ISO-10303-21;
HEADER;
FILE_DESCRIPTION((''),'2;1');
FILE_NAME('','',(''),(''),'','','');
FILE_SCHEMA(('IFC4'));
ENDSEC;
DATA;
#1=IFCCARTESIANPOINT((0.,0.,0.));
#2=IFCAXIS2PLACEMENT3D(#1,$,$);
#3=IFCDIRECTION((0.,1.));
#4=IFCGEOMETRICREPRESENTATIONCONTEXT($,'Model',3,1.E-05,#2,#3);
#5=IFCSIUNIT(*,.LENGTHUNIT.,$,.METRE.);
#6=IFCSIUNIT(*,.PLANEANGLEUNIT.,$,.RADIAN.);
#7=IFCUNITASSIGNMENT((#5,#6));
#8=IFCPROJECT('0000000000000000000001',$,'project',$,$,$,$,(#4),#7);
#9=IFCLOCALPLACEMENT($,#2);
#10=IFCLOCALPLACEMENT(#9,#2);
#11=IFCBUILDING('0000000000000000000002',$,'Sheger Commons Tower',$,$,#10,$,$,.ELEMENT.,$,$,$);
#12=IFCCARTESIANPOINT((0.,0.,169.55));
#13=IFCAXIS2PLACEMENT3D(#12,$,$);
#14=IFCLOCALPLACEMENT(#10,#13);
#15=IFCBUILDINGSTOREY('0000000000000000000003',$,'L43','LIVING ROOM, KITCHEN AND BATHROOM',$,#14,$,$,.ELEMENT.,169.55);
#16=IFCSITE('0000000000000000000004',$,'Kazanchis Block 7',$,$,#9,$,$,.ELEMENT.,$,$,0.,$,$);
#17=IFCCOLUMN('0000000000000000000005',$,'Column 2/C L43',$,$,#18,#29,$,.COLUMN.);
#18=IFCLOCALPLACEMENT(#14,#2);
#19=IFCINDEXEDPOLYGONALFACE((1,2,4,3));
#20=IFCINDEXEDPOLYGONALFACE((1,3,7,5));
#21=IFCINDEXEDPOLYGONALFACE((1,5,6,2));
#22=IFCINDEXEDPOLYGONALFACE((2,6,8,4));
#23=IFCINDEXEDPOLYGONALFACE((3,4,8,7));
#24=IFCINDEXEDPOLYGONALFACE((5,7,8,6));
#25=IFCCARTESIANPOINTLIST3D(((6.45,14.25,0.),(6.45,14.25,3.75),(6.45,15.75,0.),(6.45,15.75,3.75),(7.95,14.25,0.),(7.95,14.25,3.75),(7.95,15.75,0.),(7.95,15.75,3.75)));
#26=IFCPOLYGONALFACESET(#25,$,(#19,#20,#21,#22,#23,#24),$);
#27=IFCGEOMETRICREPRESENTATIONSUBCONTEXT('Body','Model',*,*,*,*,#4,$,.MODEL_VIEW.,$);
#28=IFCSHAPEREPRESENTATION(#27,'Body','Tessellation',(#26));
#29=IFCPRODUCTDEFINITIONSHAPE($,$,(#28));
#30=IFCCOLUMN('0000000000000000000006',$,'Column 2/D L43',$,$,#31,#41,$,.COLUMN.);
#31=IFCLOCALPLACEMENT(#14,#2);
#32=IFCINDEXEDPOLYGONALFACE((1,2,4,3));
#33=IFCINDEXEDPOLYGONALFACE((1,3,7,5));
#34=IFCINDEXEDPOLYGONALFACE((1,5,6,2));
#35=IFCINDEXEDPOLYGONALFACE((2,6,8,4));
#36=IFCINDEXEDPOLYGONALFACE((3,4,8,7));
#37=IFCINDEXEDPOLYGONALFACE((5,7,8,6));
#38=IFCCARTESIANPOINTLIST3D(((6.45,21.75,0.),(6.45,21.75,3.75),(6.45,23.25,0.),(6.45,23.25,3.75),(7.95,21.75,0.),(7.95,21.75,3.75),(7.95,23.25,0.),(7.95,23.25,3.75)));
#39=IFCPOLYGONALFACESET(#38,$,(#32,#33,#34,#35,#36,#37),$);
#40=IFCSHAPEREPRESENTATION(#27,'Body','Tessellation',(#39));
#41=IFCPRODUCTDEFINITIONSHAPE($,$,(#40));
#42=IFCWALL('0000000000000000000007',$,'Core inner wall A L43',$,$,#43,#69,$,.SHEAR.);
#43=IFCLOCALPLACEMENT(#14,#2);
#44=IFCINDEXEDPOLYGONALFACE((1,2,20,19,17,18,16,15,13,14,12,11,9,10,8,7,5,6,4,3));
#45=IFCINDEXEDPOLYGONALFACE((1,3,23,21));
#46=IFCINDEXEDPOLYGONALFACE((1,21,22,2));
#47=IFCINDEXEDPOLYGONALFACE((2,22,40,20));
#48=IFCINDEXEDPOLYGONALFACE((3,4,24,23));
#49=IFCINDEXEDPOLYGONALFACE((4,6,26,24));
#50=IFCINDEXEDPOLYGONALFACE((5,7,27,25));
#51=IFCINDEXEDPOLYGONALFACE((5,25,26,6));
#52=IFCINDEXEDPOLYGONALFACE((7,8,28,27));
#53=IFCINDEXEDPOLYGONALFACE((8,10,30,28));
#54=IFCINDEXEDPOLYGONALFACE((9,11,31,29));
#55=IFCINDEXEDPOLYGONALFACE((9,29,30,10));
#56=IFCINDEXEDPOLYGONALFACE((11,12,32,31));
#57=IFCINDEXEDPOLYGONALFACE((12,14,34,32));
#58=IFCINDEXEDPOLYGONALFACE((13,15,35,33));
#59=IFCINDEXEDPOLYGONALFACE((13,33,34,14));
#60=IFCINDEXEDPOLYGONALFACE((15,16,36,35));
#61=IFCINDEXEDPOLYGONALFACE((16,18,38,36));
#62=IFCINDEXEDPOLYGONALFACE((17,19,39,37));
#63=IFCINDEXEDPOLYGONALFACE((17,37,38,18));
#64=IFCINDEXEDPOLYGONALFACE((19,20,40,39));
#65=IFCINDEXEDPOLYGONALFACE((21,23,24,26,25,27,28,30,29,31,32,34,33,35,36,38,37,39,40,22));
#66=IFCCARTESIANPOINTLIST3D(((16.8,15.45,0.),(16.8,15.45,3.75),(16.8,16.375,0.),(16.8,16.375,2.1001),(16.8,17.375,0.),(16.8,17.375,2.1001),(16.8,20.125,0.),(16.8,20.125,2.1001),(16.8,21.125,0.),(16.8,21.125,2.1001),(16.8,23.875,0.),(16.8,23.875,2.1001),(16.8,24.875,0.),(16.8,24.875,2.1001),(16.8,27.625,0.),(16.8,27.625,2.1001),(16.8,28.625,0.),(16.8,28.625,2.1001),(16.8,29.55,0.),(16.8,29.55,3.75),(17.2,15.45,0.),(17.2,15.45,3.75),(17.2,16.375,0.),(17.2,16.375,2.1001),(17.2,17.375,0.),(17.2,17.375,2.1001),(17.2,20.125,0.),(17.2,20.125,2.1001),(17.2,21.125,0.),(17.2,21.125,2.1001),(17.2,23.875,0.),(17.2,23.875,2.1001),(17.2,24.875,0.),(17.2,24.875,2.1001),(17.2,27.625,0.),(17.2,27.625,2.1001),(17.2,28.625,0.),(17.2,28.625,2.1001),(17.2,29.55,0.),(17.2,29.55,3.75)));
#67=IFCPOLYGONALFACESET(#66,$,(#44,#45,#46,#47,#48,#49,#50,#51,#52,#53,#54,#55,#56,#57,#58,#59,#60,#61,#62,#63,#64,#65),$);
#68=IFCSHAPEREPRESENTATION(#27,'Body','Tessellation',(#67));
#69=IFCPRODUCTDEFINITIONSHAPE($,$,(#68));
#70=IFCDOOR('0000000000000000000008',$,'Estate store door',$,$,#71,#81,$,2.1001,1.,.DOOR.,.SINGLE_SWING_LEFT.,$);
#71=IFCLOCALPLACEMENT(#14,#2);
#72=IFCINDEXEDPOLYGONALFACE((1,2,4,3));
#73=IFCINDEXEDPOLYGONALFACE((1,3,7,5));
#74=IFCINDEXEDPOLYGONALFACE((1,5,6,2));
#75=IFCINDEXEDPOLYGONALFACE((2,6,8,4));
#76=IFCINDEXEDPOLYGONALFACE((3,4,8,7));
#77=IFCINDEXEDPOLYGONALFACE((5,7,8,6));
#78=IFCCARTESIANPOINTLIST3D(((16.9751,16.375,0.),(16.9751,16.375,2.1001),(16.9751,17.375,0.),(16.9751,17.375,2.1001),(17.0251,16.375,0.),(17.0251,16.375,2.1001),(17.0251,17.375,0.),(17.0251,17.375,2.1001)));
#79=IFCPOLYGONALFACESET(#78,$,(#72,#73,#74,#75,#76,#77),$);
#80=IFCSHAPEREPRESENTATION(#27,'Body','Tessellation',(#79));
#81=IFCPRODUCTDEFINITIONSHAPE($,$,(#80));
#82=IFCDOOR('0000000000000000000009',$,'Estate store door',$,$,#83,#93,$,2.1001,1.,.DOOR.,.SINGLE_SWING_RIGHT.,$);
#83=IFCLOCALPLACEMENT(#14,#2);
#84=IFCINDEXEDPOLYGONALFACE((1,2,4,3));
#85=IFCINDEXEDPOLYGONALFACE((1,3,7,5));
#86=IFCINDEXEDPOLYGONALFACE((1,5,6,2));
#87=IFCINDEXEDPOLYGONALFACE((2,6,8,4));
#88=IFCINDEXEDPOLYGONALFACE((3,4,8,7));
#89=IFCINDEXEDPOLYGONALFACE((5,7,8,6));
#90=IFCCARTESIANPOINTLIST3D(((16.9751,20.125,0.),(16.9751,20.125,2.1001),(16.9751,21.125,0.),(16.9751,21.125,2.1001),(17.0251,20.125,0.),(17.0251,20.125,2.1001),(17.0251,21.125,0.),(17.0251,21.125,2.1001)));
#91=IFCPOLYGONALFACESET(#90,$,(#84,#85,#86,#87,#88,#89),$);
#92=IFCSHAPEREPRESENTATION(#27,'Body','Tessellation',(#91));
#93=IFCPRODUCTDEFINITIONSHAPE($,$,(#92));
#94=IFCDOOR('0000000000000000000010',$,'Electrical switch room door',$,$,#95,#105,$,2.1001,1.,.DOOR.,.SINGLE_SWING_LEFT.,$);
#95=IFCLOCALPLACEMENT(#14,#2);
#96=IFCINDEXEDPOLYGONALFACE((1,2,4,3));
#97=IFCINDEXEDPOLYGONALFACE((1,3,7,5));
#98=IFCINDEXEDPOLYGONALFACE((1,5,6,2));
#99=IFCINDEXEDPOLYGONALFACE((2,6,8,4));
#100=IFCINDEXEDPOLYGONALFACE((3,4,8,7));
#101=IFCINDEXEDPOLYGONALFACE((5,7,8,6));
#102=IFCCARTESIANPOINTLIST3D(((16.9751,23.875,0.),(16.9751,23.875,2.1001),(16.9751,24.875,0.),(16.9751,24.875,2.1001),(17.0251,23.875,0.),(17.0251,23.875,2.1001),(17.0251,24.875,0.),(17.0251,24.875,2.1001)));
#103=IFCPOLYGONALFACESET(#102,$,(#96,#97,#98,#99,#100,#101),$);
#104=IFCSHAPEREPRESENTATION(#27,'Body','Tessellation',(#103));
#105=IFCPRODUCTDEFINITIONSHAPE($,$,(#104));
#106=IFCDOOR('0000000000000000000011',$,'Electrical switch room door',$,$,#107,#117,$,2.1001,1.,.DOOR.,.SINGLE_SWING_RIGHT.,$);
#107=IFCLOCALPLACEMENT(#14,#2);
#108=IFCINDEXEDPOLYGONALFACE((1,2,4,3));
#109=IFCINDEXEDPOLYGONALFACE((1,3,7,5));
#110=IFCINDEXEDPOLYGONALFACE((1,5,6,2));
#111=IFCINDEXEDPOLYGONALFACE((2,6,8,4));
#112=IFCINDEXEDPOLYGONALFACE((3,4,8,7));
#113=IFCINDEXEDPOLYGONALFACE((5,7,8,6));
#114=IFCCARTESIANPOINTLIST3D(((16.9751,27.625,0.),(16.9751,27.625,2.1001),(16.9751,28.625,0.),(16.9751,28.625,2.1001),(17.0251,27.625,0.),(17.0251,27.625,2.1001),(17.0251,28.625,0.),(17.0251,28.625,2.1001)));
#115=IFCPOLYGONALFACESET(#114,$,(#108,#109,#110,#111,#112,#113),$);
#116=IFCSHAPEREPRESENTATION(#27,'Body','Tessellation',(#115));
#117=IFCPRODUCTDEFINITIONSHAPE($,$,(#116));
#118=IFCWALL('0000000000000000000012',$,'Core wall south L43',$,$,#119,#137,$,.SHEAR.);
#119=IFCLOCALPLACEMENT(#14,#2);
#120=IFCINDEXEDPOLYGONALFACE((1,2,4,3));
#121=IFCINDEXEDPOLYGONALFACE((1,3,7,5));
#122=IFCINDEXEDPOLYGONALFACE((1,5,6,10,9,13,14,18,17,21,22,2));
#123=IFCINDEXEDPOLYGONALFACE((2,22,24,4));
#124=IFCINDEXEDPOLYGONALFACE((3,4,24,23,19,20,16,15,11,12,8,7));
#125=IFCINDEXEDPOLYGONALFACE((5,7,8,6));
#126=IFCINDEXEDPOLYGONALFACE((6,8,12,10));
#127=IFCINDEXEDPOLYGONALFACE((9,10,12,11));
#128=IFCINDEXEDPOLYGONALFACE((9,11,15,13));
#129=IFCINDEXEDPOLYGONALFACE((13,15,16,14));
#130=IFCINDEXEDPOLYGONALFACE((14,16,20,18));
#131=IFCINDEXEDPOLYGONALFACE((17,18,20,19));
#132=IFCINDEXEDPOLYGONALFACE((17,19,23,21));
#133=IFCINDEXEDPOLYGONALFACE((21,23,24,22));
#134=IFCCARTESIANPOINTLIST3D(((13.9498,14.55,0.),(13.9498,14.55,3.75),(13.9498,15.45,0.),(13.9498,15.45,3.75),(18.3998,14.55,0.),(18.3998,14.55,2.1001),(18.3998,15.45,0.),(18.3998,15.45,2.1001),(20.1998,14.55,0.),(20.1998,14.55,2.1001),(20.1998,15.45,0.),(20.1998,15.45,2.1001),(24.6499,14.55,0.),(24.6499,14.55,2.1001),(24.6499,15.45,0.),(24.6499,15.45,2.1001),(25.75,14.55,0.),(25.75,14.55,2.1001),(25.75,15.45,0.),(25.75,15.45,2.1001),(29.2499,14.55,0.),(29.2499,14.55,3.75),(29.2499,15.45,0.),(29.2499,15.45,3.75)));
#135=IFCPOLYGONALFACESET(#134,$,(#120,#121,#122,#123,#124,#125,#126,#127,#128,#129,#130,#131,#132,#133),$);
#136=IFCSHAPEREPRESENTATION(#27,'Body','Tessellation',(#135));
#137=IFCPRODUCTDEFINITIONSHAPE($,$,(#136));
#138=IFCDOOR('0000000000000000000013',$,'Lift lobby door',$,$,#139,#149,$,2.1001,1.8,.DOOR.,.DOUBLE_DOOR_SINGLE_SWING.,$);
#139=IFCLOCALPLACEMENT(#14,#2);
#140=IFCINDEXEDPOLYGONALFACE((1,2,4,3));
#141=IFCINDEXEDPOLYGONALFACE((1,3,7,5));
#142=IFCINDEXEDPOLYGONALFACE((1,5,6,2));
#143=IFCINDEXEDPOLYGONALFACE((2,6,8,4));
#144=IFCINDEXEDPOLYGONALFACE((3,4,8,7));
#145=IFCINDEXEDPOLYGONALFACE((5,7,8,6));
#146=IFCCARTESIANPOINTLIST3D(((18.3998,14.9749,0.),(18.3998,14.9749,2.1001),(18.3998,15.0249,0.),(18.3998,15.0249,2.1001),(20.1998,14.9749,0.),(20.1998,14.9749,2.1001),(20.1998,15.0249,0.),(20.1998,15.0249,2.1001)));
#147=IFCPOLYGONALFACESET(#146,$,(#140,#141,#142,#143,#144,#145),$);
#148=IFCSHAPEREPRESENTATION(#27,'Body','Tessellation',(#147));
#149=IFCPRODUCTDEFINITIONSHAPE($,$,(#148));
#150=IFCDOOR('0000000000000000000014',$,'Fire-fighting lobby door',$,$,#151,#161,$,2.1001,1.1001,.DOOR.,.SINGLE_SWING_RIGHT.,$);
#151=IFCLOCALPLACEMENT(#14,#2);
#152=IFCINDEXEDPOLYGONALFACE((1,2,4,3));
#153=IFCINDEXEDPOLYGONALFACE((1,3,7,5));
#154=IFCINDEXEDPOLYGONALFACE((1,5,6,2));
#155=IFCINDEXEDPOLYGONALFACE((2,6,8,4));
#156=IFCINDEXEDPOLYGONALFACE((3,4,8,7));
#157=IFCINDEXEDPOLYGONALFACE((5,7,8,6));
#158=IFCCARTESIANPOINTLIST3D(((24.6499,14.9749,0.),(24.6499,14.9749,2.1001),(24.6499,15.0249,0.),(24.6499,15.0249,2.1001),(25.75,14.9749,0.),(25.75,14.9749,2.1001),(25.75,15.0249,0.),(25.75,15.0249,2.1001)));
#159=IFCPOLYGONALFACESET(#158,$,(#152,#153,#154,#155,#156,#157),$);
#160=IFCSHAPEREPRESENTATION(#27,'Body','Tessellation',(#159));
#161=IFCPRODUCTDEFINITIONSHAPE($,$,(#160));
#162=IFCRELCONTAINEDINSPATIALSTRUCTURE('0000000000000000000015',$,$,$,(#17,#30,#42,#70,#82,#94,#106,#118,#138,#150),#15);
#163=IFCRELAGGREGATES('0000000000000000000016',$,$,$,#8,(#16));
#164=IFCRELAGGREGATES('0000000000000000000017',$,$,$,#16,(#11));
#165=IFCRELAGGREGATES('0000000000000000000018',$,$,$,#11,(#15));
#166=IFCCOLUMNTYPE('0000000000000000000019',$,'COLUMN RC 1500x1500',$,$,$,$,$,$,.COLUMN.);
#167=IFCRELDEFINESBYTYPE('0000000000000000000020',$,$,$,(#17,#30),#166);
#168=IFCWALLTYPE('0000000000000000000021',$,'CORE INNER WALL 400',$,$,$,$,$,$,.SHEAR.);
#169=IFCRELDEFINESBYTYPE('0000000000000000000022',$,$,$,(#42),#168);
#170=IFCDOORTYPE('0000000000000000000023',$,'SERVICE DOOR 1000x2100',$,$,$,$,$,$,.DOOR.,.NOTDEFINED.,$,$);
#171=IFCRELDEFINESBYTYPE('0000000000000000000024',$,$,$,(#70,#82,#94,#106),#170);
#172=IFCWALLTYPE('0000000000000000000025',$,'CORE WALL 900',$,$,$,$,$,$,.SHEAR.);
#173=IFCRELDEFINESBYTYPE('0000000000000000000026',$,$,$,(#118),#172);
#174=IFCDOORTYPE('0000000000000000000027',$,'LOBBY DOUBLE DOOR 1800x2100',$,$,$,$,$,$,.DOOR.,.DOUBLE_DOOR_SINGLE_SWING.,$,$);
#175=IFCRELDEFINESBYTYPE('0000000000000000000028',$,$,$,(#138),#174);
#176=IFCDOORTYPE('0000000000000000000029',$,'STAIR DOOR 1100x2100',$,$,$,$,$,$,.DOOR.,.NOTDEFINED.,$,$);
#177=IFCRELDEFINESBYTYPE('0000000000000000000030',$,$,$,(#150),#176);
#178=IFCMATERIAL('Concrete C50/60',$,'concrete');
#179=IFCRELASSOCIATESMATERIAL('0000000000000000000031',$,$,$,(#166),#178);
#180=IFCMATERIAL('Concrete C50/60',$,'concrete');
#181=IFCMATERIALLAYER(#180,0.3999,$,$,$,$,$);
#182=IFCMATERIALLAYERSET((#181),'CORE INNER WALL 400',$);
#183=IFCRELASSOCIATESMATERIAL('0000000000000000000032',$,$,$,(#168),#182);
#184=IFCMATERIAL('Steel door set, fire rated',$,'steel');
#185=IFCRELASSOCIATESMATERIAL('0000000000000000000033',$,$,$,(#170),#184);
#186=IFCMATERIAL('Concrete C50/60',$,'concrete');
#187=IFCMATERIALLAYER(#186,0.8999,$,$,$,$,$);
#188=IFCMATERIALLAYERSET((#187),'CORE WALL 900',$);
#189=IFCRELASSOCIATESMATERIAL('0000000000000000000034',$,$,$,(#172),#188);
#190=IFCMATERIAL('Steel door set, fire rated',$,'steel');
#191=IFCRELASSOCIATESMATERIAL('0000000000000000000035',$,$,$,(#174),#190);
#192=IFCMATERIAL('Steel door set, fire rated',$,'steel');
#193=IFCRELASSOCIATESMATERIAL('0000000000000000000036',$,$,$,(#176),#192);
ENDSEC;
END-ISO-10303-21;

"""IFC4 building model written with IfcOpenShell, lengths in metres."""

from ifc_helpers import new_model, si_unit, direction, frame, frame_2d, origin, origin_2d, place, context, subcontext, project, spatial, rectangle, extrude, material, layer, layer_set, material_profile, profile_set, type_object, element, fill, save


model = new_model("IFC4")

# Units and contexts
model_context = context("Model", 3, precision=1e-05, world=origin(), true_north=direction((0.0, 1.0)))
body_context = subcontext(model_context, "Body", "Model", "MODEL_VIEW")
ifc_project = project(units=[si_unit("LENGTHUNIT", "METRE"), si_unit("PLANEANGLEUNIT", "RADIAN")], contexts=[model_context])

# Site, building, storey
site_placement = place(None, origin())
site = spatial("IfcSite", under=ifc_project, at=site_placement, Name="Kazanchis Block 7", CompositionType="ELEMENT", RefElevation=0.0)
building_placement = place(site_placement, origin())
building = spatial("IfcBuilding", under=site, at=building_placement, Name="Sheger Commons Tower", CompositionType="ELEMENT")
storey_placement = place(building_placement, frame((0.0, 0.0, 169.55)))
storey = spatial("IfcBuildingStorey", under=building, at=storey_placement, Name="L43", Description="LIVING ROOM, KITCHEN AND BATHROOM", CompositionType="ELEMENT", Elevation=169.55)

# Columns
ifc_material_1 = material(Name="Concrete C50/60", Category="concrete")
ifc_material_profile = material_profile(ifc_material_1, rectangle(XDim=1.5, YDim=1.5, at=origin_2d()), Name="RC 1500x1500")
ifc_profile_set = profile_set([ifc_material_profile], Name="Concrete C50/60")
column_type = type_object("IfcColumnType", Name="COLUMN RC 1500x1500", PredefinedType="COLUMN", material=ifc_profile_set)
for number, where, z_axis, x_axis, name in (
    (1, (7.2, 15.0, 0.0), (0.0, 0.0, 1.0), (1.0, 0.0, 0.0), "Column 2/C L43"),
    (2, (7.2, 22.5, 0.0), (0.0, 0.0, 1.0), (1.0, 0.0, 0.0), "Column 2/D L43"),
):
    element("IfcColumn", number, at=place(storey_placement, frame(where, z_axis=z_axis, x_axis=x_axis)), inside=storey, type_object=column_type, Name=name, PredefinedType="COLUMN", context=body_context, shape_type="SweptSolid", body=[
        extrude(rectangle(XDim=1.5, YDim=1.5, at=origin_2d()), origin(), (0.0, 0.0, 1.0), 3.75),
    ])

# Walls, openings, doors
ifc_material_2 = material(Name="Concrete C50/60", Category="concrete")
ifc_layer_1 = layer(ifc_material_2, 0.3999)
ifc_layer_set_1 = layer_set([ifc_layer_1], Name="CORE INNER WALL 400")
wall_type_1 = type_object("IfcWallType", Name="CORE INNER WALL 400", PredefinedType="SHEAR", material=ifc_layer_set_1)
wall_1_placement = place(storey_placement, frame((17.0, 15.45, 0.0), z_axis=(0.0, 0.0, 1.0), x_axis=(0.0, 1.0, 0.0)))
wall_1 = element("IfcWall", 3, at=wall_1_placement, inside=storey, type_object=wall_type_1, Name="Core inner wall A L43", PredefinedType="SHEAR", context=body_context, shape_type="SweptSolid", body=[
    extrude(rectangle(XDim=14.1001, YDim=0.3999, at=frame_2d((7.05, 0.0))), origin(), (0.0, 0.0, 1.0), 3.75),
])
opening_1_placement = place(wall_1_placement, frame((0.925, 0.0, 0.0)))
opening_1 = element("IfcOpeningElement", 4, at=opening_1_placement, cuts=wall_1, PredefinedType="OPENING", context=body_context, shape_type="SweptSolid", body=[
    extrude(rectangle(XDim=1.0, YDim=2.1001, at=frame_2d((0.5, 1.05))), frame((0.0, 0.21, 0.0), z_axis=(0.0, -1.0, 0.0), x_axis=(1.0, 0.0, 0.0)), (0.0, 0.0, 1.0), 0.4199),
])
opening_2_placement = place(wall_1_placement, frame((4.675, 0.0, 0.0)))
opening_2 = element("IfcOpeningElement", 5, at=opening_2_placement, cuts=wall_1, PredefinedType="OPENING", context=body_context, shape_type="SweptSolid", body=[
    extrude(rectangle(XDim=1.0, YDim=2.1001, at=frame_2d((0.5, 1.05))), frame((0.0, 0.21, 0.0), z_axis=(0.0, -1.0, 0.0), x_axis=(1.0, 0.0, 0.0)), (0.0, 0.0, 1.0), 0.4199),
])
opening_3_placement = place(wall_1_placement, frame((8.425, 0.0, 0.0)))
opening_3 = element("IfcOpeningElement", 6, at=opening_3_placement, cuts=wall_1, PredefinedType="OPENING", context=body_context, shape_type="SweptSolid", body=[
    extrude(rectangle(XDim=1.0, YDim=2.1001, at=frame_2d((0.5, 1.05))), frame((0.0, 0.21, 0.0), z_axis=(0.0, -1.0, 0.0), x_axis=(1.0, 0.0, 0.0)), (0.0, 0.0, 1.0), 0.4199),
])
opening_4_placement = place(wall_1_placement, frame((12.175, 0.0, 0.0)))
opening_4 = element("IfcOpeningElement", 7, at=opening_4_placement, cuts=wall_1, PredefinedType="OPENING", context=body_context, shape_type="SweptSolid", body=[
    extrude(rectangle(XDim=1.0, YDim=2.1001, at=frame_2d((0.5, 1.05))), frame((0.0, 0.21, 0.0), z_axis=(0.0, -1.0, 0.0), x_axis=(1.0, 0.0, 0.0)), (0.0, 0.0, 1.0), 0.4199),
])
ifc_material_3 = material(Name="Steel door set, fire rated", Category="steel")
door_type_1 = type_object("IfcDoorType", Name="SERVICE DOOR 1000x2100", OperationType="NOTDEFINED", PredefinedType="DOOR", material=ifc_material_3)
door_1_placement = place(opening_1_placement, origin())
door_1 = element("IfcDoor", 8, at=door_1_placement, inside=storey, type_object=door_type_1, Name="Estate store door", OperationType="SINGLE_SWING_LEFT", OverallHeight=2.1001, OverallWidth=1.0, PredefinedType="DOOR", context=body_context, shape_type="SweptSolid", body=[
    extrude(rectangle(XDim=1.0, YDim=2.1001, at=frame_2d((0.5, 1.05))), frame((0.0, 0.0249, 0.0), z_axis=(0.0, -1.0, 0.0), x_axis=(1.0, 0.0, 0.0)), (0.0, 0.0, 1.0), 0.05),
])
fill(opening_1, door_1)
door_2_placement = place(opening_2_placement, origin())
door_2 = element("IfcDoor", 9, at=door_2_placement, inside=storey, type_object=door_type_1, Name="Estate store door", OperationType="SINGLE_SWING_RIGHT", OverallHeight=2.1001, OverallWidth=1.0, PredefinedType="DOOR", context=body_context, shape_type="SweptSolid", body=[
    extrude(rectangle(XDim=1.0, YDim=2.1001, at=frame_2d((0.5, 1.05))), frame((0.0, 0.0249, 0.0), z_axis=(0.0, -1.0, 0.0), x_axis=(1.0, 0.0, 0.0)), (0.0, 0.0, 1.0), 0.05),
])
fill(opening_2, door_2)
door_3_placement = place(opening_3_placement, origin())
door_3 = element("IfcDoor", 10, at=door_3_placement, inside=storey, type_object=door_type_1, Name="Electrical switch room door", OperationType="SINGLE_SWING_LEFT", OverallHeight=2.1001, OverallWidth=1.0, PredefinedType="DOOR", context=body_context, shape_type="SweptSolid", body=[
    extrude(rectangle(XDim=1.0, YDim=2.1001, at=frame_2d((0.5, 1.05))), frame((0.0, 0.0249, 0.0), z_axis=(0.0, -1.0, 0.0), x_axis=(1.0, 0.0, 0.0)), (0.0, 0.0, 1.0), 0.05),
])
fill(opening_3, door_3)
door_4_placement = place(opening_4_placement, origin())
door_4 = element("IfcDoor", 11, at=door_4_placement, inside=storey, type_object=door_type_1, Name="Electrical switch room door", OperationType="SINGLE_SWING_RIGHT", OverallHeight=2.1001, OverallWidth=1.0, PredefinedType="DOOR", context=body_context, shape_type="SweptSolid", body=[
    extrude(rectangle(XDim=1.0, YDim=2.1001, at=frame_2d((0.5, 1.05))), frame((0.0, 0.0249, 0.0), z_axis=(0.0, -1.0, 0.0), x_axis=(1.0, 0.0, 0.0)), (0.0, 0.0, 1.0), 0.05),
])
fill(opening_4, door_4)
ifc_material_4 = material(Name="Concrete C50/60", Category="concrete")
ifc_layer_2 = layer(ifc_material_4, 0.8999)
ifc_layer_set_2 = layer_set([ifc_layer_2], Name="CORE WALL 900")
wall_type_2 = type_object("IfcWallType", Name="CORE WALL 900", PredefinedType="SHEAR", material=ifc_layer_set_2)
wall_2_placement = place(storey_placement, frame((13.95, 15.0, 0.0), z_axis=(0.0, 0.0, 1.0), x_axis=(1.0, 0.0, 0.0)))
wall_2 = element("IfcWall", 12, at=wall_2_placement, inside=storey, type_object=wall_type_2, Name="Core wall south L43", PredefinedType="SHEAR", context=body_context, shape_type="SweptSolid", body=[
    extrude(rectangle(XDim=15.3, YDim=0.8999, at=frame_2d((7.6499, 0.0))), origin(), (0.0, 0.0, 1.0), 3.75),
])
opening_5_placement = place(wall_2_placement, frame((4.45, 0.0, 0.0)))
opening_5 = element("IfcOpeningElement", 13, at=opening_5_placement, cuts=wall_2, PredefinedType="OPENING", context=body_context, shape_type="SweptSolid", body=[
    extrude(rectangle(XDim=1.8, YDim=2.1001, at=frame_2d((0.8999, 1.05))), frame((0.0, 0.46, 0.0), z_axis=(0.0, -1.0, 0.0), x_axis=(1.0, 0.0, 0.0)), (0.0, 0.0, 1.0), 0.9199),
])
opening_6_placement = place(wall_2_placement, frame((10.7, 0.0, 0.0)))
opening_6 = element("IfcOpeningElement", 14, at=opening_6_placement, cuts=wall_2, PredefinedType="OPENING", context=body_context, shape_type="SweptSolid", body=[
    extrude(rectangle(XDim=1.1001, YDim=2.1001, at=frame_2d((0.55, 1.05))), frame((0.0, 0.46, 0.0), z_axis=(0.0, -1.0, 0.0), x_axis=(1.0, 0.0, 0.0)), (0.0, 0.0, 1.0), 0.9199),
])
ifc_material_5 = material(Name="Steel door set, fire rated", Category="steel")
door_type_2 = type_object("IfcDoorType", Name="LOBBY DOUBLE DOOR 1800x2100", OperationType="DOUBLE_DOOR_SINGLE_SWING", PredefinedType="DOOR", material=ifc_material_5)
door_5_placement = place(opening_5_placement, origin())
door_5 = element("IfcDoor", 15, at=door_5_placement, inside=storey, type_object=door_type_2, Name="Lift lobby door", OperationType="DOUBLE_DOOR_SINGLE_SWING", OverallHeight=2.1001, OverallWidth=1.8, PredefinedType="DOOR", context=body_context, shape_type="SweptSolid", body=[
    extrude(rectangle(XDim=1.8, YDim=2.1001, at=frame_2d((0.8999, 1.05))), frame((0.0, 0.0249, 0.0), z_axis=(0.0, -1.0, 0.0), x_axis=(1.0, 0.0, 0.0)), (0.0, 0.0, 1.0), 0.05),
])
fill(opening_5, door_5)
ifc_material_6 = material(Name="Steel door set, fire rated", Category="steel")
door_type_3 = type_object("IfcDoorType", Name="STAIR DOOR 1100x2100", OperationType="NOTDEFINED", PredefinedType="DOOR", material=ifc_material_6)
door_6_placement = place(opening_6_placement, origin())
door_6 = element("IfcDoor", 16, at=door_6_placement, inside=storey, type_object=door_type_3, Name="Fire-fighting lobby door", OperationType="SINGLE_SWING_RIGHT", OverallHeight=2.1001, OverallWidth=1.1001, PredefinedType="DOOR", context=body_context, shape_type="SweptSolid", body=[
    extrude(rectangle(XDim=1.1001, YDim=2.1001, at=frame_2d((0.55, 1.05))), frame((0.0, 0.0249, 0.0), z_axis=(0.0, -1.0, 0.0), x_axis=(1.0, 0.0, 0.0)), (0.0, 0.0, 1.0), 0.05),
])
fill(opening_6, door_6)

save(model, "model.ifc")
